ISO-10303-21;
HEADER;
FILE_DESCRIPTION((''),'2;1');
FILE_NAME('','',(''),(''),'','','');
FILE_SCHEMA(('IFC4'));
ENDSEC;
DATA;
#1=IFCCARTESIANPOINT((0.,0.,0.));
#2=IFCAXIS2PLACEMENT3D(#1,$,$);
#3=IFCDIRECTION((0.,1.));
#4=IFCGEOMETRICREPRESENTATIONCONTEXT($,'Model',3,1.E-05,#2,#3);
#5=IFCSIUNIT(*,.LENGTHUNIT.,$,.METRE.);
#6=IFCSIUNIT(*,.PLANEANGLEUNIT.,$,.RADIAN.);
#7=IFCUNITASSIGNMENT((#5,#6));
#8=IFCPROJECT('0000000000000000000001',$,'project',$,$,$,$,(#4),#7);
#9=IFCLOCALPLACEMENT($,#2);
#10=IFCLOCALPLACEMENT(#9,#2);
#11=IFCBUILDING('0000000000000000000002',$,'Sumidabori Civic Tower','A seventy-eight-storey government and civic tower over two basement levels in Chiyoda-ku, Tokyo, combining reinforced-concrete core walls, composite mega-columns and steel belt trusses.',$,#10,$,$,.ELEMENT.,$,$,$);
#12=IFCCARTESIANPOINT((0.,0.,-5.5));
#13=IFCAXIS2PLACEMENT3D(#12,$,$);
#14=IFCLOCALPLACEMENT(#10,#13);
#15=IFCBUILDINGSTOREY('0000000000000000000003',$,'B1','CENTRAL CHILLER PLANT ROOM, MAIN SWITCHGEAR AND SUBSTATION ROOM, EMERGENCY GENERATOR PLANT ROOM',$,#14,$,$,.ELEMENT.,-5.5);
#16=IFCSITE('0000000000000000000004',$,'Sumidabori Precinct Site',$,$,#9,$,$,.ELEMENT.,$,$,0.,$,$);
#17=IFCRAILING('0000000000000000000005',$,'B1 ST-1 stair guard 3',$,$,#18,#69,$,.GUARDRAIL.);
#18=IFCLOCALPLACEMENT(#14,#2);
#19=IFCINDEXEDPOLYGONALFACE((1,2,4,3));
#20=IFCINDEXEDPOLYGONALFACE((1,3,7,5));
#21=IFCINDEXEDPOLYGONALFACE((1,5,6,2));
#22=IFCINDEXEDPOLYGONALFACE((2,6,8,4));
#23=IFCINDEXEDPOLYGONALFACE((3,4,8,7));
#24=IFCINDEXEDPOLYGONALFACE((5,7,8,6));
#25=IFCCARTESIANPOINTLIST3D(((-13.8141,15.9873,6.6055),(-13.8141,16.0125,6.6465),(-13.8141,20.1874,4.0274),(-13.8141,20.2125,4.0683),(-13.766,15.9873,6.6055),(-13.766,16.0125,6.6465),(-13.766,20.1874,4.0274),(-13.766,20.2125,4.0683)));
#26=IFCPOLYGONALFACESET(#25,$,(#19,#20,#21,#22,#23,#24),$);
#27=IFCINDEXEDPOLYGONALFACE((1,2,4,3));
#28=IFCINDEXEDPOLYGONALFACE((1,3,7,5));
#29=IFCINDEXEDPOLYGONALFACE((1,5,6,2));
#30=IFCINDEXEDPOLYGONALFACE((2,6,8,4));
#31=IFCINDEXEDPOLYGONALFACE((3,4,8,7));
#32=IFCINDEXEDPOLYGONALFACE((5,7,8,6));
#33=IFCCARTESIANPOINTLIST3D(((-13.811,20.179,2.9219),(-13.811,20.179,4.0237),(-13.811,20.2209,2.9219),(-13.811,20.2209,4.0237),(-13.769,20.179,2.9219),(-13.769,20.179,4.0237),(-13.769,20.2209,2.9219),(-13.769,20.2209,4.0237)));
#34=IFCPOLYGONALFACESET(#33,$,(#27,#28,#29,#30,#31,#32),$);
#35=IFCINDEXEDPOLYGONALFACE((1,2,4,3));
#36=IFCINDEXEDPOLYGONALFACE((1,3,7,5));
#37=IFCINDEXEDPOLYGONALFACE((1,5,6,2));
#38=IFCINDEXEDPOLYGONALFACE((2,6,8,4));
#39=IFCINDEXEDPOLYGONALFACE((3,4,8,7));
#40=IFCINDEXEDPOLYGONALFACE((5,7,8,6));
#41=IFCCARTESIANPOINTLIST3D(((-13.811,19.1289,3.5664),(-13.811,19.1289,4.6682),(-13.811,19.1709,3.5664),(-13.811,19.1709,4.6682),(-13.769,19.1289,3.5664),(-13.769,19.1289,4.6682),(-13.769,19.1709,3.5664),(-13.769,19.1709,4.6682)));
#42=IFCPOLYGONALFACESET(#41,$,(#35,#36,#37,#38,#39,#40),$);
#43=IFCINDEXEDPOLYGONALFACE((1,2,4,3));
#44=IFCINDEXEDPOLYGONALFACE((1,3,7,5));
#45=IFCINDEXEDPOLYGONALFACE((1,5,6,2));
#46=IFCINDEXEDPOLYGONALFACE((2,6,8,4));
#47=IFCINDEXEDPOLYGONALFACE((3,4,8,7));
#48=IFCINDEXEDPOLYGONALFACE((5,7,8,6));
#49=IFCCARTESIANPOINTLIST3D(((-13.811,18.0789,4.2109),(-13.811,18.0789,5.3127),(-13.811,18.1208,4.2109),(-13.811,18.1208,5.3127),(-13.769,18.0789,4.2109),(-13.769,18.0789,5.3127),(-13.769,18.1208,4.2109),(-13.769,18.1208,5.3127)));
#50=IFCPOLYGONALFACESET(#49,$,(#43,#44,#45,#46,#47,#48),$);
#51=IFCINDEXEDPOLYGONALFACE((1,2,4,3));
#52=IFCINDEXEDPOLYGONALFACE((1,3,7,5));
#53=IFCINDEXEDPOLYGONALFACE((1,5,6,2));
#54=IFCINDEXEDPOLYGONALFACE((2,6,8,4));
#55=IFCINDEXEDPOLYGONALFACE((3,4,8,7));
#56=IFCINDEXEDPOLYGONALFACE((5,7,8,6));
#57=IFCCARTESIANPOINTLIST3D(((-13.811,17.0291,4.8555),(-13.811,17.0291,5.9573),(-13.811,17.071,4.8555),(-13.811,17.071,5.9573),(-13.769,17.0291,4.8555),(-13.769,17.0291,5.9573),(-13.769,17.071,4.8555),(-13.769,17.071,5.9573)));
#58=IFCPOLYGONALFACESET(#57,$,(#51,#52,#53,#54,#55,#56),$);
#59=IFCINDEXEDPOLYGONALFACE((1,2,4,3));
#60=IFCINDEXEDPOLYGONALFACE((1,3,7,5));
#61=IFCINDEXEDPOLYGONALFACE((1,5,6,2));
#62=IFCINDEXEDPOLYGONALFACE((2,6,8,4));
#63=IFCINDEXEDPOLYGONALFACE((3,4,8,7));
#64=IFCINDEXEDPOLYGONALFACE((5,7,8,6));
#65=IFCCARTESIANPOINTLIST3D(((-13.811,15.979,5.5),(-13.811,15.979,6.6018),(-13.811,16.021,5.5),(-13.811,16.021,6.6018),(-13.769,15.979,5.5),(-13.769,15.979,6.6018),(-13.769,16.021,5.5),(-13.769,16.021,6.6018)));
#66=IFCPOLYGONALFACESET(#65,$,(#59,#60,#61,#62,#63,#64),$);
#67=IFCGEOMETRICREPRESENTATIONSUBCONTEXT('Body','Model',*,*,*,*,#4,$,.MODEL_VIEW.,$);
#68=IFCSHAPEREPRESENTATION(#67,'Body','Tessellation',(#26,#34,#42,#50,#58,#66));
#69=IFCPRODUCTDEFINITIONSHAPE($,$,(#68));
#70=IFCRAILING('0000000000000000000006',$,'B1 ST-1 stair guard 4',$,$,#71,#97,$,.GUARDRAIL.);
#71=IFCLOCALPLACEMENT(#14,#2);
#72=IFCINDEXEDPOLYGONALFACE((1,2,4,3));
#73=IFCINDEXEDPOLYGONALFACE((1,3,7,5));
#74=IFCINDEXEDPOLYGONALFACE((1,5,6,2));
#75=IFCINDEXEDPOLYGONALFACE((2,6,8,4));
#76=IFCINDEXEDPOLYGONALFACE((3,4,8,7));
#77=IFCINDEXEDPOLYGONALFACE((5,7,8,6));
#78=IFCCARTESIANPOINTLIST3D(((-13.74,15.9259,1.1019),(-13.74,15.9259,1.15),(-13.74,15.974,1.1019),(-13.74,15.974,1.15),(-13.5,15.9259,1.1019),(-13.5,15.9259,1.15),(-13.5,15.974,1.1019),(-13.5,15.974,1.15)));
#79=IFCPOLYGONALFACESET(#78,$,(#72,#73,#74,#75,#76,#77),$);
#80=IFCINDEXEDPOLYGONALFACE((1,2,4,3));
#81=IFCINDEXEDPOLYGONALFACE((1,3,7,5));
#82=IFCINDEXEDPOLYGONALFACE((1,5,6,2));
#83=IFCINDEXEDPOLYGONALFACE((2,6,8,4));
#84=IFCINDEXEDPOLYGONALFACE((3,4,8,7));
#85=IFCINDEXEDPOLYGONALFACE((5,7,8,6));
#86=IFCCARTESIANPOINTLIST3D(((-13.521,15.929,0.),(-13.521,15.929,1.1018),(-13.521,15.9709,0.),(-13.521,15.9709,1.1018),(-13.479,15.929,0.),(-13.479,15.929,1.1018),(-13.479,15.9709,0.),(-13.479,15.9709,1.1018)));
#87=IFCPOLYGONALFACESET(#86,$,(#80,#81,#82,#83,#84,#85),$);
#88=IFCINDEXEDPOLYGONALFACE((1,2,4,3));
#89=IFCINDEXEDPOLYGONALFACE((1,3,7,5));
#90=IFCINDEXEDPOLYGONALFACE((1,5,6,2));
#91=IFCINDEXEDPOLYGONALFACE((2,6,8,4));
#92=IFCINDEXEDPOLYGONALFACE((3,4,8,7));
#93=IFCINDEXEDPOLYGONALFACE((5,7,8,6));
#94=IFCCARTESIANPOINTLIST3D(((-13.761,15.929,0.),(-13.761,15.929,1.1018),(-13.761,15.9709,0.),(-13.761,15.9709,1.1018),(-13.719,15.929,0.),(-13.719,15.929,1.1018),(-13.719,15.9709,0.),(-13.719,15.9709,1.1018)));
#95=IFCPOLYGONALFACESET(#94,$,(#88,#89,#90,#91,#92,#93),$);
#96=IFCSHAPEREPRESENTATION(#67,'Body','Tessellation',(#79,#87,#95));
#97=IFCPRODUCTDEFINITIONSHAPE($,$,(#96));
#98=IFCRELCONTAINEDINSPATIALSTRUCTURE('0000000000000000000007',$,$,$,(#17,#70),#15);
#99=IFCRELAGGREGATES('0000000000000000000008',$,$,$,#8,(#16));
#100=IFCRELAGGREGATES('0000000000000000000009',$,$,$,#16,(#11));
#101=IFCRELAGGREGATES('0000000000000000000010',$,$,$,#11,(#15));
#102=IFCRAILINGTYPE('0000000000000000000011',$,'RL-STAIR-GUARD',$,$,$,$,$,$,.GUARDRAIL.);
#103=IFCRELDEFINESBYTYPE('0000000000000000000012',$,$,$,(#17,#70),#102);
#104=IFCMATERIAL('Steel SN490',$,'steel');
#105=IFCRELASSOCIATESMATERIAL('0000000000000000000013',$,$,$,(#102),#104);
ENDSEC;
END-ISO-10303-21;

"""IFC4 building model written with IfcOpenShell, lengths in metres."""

from ifc_helpers import new_model, si_unit, direction, frame, origin, origin_2d, place, context, subcontext, project, spatial, rectangle, extrude, material, type_object, element, save


model = new_model("IFC4")

# Units and contexts
model_context = context("Model", 3, precision=1e-05, world=origin(), true_north=direction((0.0, 1.0)))
body_context = subcontext(model_context, "Body", "Model", "MODEL_VIEW")
ifc_project = project(units=[si_unit("LENGTHUNIT", "METRE"), si_unit("PLANEANGLEUNIT", "RADIAN")], contexts=[model_context])

# Site, building, storey
site_placement = place(None, origin())
site = spatial("IfcSite", under=ifc_project, at=site_placement, Name="Sumidabori Precinct Site", CompositionType="ELEMENT", RefElevation=0.0)
building_placement = place(site_placement, origin())
building = spatial("IfcBuilding", under=site, at=building_placement, Name="Sumidabori Civic Tower", Description="A seventy-eight-storey government and civic tower over two basement levels in Chiyoda-ku, Tokyo, combining reinforced-concrete core walls, composite mega-columns and steel belt trusses.", CompositionType="ELEMENT")
storey_placement = place(building_placement, frame((0.0, 0.0, -5.5)))
storey = spatial("IfcBuildingStorey", under=building, at=storey_placement, Name="B1", Description="CENTRAL CHILLER PLANT ROOM, MAIN SWITCHGEAR AND SUBSTATION ROOM, EMERGENCY GENERATOR PLANT ROOM", CompositionType="ELEMENT", Elevation=-5.5)

# Shared definitions
ifc_material_1 = material(Name="Steel SN490", Category="steel")

# Railings
railing_type_1 = type_object("IfcRailingType", Name="RL-STAIR-GUARD", PredefinedType="GUARDRAIL", material=ifc_material_1)
railing_1_placement = place(storey_placement, frame((-13.79, 20.2, 2.9219)))
element("IfcRailing", 1, at=railing_1_placement, inside=storey, type_object=railing_type_1, Name="B1 ST-1 stair guard 3", PredefinedType="GUARDRAIL", context=body_context, shape_type="SweptSolid", body=[
    extrude(rectangle(XDim=0.0481, YDim=0.0481, at=origin_2d()), frame((0.0, 0.0, 1.126), z_axis=(0.0, -0.852243, 0.523146), x_axis=(1.0, 0.0, 0.0)), (0.0, 0.0, 1.0), 4.9282),
    extrude(rectangle(XDim=0.042, YDim=0.042, at=origin_2d()), origin(), (0.0, 0.0, 1.0), 1.1018),
    extrude(rectangle(XDim=0.042, YDim=0.042, at=origin_2d()), frame((0.0, -1.05, 0.6445)), (0.0, 0.0, 1.0), 1.1018),
    extrude(rectangle(XDim=0.042, YDim=0.042, at=origin_2d()), frame((0.0, -2.1001, 1.2891)), (0.0, 0.0, 1.0), 1.1018),
    extrude(rectangle(XDim=0.042, YDim=0.042, at=origin_2d()), frame((0.0, -3.1499, 1.9336)), (0.0, 0.0, 1.0), 1.1018),
    extrude(rectangle(XDim=0.042, YDim=0.042, at=origin_2d()), frame((0.0, -4.2, 2.5781)), (0.0, 0.0, 1.0), 1.1018),
])
railing_2_placement = place(storey_placement, frame((-13.5, 15.95, 0.0)))
element("IfcRailing", 2, at=railing_2_placement, inside=storey, type_object=railing_type_1, Name="B1 ST-1 stair guard 4", PredefinedType="GUARDRAIL", context=body_context, shape_type="SweptSolid", body=[
    extrude(rectangle(XDim=0.0481, YDim=0.0481, at=origin_2d()), frame((0.0, 0.0, 1.126), z_axis=(-1.0, 0.0, 0.0), x_axis=(0.0, -1.0, 0.0)), (0.0, 0.0, 1.0), 0.24),
    extrude(rectangle(XDim=0.042, YDim=0.042, at=origin_2d()), origin(), (0.0, 0.0, 1.0), 1.1018),
    extrude(rectangle(XDim=0.042, YDim=0.042, at=origin_2d()), frame((-0.24, 0.0, 0.0)), (0.0, 0.0, 1.0), 1.1018),
])

save(model, "model.ifc")
